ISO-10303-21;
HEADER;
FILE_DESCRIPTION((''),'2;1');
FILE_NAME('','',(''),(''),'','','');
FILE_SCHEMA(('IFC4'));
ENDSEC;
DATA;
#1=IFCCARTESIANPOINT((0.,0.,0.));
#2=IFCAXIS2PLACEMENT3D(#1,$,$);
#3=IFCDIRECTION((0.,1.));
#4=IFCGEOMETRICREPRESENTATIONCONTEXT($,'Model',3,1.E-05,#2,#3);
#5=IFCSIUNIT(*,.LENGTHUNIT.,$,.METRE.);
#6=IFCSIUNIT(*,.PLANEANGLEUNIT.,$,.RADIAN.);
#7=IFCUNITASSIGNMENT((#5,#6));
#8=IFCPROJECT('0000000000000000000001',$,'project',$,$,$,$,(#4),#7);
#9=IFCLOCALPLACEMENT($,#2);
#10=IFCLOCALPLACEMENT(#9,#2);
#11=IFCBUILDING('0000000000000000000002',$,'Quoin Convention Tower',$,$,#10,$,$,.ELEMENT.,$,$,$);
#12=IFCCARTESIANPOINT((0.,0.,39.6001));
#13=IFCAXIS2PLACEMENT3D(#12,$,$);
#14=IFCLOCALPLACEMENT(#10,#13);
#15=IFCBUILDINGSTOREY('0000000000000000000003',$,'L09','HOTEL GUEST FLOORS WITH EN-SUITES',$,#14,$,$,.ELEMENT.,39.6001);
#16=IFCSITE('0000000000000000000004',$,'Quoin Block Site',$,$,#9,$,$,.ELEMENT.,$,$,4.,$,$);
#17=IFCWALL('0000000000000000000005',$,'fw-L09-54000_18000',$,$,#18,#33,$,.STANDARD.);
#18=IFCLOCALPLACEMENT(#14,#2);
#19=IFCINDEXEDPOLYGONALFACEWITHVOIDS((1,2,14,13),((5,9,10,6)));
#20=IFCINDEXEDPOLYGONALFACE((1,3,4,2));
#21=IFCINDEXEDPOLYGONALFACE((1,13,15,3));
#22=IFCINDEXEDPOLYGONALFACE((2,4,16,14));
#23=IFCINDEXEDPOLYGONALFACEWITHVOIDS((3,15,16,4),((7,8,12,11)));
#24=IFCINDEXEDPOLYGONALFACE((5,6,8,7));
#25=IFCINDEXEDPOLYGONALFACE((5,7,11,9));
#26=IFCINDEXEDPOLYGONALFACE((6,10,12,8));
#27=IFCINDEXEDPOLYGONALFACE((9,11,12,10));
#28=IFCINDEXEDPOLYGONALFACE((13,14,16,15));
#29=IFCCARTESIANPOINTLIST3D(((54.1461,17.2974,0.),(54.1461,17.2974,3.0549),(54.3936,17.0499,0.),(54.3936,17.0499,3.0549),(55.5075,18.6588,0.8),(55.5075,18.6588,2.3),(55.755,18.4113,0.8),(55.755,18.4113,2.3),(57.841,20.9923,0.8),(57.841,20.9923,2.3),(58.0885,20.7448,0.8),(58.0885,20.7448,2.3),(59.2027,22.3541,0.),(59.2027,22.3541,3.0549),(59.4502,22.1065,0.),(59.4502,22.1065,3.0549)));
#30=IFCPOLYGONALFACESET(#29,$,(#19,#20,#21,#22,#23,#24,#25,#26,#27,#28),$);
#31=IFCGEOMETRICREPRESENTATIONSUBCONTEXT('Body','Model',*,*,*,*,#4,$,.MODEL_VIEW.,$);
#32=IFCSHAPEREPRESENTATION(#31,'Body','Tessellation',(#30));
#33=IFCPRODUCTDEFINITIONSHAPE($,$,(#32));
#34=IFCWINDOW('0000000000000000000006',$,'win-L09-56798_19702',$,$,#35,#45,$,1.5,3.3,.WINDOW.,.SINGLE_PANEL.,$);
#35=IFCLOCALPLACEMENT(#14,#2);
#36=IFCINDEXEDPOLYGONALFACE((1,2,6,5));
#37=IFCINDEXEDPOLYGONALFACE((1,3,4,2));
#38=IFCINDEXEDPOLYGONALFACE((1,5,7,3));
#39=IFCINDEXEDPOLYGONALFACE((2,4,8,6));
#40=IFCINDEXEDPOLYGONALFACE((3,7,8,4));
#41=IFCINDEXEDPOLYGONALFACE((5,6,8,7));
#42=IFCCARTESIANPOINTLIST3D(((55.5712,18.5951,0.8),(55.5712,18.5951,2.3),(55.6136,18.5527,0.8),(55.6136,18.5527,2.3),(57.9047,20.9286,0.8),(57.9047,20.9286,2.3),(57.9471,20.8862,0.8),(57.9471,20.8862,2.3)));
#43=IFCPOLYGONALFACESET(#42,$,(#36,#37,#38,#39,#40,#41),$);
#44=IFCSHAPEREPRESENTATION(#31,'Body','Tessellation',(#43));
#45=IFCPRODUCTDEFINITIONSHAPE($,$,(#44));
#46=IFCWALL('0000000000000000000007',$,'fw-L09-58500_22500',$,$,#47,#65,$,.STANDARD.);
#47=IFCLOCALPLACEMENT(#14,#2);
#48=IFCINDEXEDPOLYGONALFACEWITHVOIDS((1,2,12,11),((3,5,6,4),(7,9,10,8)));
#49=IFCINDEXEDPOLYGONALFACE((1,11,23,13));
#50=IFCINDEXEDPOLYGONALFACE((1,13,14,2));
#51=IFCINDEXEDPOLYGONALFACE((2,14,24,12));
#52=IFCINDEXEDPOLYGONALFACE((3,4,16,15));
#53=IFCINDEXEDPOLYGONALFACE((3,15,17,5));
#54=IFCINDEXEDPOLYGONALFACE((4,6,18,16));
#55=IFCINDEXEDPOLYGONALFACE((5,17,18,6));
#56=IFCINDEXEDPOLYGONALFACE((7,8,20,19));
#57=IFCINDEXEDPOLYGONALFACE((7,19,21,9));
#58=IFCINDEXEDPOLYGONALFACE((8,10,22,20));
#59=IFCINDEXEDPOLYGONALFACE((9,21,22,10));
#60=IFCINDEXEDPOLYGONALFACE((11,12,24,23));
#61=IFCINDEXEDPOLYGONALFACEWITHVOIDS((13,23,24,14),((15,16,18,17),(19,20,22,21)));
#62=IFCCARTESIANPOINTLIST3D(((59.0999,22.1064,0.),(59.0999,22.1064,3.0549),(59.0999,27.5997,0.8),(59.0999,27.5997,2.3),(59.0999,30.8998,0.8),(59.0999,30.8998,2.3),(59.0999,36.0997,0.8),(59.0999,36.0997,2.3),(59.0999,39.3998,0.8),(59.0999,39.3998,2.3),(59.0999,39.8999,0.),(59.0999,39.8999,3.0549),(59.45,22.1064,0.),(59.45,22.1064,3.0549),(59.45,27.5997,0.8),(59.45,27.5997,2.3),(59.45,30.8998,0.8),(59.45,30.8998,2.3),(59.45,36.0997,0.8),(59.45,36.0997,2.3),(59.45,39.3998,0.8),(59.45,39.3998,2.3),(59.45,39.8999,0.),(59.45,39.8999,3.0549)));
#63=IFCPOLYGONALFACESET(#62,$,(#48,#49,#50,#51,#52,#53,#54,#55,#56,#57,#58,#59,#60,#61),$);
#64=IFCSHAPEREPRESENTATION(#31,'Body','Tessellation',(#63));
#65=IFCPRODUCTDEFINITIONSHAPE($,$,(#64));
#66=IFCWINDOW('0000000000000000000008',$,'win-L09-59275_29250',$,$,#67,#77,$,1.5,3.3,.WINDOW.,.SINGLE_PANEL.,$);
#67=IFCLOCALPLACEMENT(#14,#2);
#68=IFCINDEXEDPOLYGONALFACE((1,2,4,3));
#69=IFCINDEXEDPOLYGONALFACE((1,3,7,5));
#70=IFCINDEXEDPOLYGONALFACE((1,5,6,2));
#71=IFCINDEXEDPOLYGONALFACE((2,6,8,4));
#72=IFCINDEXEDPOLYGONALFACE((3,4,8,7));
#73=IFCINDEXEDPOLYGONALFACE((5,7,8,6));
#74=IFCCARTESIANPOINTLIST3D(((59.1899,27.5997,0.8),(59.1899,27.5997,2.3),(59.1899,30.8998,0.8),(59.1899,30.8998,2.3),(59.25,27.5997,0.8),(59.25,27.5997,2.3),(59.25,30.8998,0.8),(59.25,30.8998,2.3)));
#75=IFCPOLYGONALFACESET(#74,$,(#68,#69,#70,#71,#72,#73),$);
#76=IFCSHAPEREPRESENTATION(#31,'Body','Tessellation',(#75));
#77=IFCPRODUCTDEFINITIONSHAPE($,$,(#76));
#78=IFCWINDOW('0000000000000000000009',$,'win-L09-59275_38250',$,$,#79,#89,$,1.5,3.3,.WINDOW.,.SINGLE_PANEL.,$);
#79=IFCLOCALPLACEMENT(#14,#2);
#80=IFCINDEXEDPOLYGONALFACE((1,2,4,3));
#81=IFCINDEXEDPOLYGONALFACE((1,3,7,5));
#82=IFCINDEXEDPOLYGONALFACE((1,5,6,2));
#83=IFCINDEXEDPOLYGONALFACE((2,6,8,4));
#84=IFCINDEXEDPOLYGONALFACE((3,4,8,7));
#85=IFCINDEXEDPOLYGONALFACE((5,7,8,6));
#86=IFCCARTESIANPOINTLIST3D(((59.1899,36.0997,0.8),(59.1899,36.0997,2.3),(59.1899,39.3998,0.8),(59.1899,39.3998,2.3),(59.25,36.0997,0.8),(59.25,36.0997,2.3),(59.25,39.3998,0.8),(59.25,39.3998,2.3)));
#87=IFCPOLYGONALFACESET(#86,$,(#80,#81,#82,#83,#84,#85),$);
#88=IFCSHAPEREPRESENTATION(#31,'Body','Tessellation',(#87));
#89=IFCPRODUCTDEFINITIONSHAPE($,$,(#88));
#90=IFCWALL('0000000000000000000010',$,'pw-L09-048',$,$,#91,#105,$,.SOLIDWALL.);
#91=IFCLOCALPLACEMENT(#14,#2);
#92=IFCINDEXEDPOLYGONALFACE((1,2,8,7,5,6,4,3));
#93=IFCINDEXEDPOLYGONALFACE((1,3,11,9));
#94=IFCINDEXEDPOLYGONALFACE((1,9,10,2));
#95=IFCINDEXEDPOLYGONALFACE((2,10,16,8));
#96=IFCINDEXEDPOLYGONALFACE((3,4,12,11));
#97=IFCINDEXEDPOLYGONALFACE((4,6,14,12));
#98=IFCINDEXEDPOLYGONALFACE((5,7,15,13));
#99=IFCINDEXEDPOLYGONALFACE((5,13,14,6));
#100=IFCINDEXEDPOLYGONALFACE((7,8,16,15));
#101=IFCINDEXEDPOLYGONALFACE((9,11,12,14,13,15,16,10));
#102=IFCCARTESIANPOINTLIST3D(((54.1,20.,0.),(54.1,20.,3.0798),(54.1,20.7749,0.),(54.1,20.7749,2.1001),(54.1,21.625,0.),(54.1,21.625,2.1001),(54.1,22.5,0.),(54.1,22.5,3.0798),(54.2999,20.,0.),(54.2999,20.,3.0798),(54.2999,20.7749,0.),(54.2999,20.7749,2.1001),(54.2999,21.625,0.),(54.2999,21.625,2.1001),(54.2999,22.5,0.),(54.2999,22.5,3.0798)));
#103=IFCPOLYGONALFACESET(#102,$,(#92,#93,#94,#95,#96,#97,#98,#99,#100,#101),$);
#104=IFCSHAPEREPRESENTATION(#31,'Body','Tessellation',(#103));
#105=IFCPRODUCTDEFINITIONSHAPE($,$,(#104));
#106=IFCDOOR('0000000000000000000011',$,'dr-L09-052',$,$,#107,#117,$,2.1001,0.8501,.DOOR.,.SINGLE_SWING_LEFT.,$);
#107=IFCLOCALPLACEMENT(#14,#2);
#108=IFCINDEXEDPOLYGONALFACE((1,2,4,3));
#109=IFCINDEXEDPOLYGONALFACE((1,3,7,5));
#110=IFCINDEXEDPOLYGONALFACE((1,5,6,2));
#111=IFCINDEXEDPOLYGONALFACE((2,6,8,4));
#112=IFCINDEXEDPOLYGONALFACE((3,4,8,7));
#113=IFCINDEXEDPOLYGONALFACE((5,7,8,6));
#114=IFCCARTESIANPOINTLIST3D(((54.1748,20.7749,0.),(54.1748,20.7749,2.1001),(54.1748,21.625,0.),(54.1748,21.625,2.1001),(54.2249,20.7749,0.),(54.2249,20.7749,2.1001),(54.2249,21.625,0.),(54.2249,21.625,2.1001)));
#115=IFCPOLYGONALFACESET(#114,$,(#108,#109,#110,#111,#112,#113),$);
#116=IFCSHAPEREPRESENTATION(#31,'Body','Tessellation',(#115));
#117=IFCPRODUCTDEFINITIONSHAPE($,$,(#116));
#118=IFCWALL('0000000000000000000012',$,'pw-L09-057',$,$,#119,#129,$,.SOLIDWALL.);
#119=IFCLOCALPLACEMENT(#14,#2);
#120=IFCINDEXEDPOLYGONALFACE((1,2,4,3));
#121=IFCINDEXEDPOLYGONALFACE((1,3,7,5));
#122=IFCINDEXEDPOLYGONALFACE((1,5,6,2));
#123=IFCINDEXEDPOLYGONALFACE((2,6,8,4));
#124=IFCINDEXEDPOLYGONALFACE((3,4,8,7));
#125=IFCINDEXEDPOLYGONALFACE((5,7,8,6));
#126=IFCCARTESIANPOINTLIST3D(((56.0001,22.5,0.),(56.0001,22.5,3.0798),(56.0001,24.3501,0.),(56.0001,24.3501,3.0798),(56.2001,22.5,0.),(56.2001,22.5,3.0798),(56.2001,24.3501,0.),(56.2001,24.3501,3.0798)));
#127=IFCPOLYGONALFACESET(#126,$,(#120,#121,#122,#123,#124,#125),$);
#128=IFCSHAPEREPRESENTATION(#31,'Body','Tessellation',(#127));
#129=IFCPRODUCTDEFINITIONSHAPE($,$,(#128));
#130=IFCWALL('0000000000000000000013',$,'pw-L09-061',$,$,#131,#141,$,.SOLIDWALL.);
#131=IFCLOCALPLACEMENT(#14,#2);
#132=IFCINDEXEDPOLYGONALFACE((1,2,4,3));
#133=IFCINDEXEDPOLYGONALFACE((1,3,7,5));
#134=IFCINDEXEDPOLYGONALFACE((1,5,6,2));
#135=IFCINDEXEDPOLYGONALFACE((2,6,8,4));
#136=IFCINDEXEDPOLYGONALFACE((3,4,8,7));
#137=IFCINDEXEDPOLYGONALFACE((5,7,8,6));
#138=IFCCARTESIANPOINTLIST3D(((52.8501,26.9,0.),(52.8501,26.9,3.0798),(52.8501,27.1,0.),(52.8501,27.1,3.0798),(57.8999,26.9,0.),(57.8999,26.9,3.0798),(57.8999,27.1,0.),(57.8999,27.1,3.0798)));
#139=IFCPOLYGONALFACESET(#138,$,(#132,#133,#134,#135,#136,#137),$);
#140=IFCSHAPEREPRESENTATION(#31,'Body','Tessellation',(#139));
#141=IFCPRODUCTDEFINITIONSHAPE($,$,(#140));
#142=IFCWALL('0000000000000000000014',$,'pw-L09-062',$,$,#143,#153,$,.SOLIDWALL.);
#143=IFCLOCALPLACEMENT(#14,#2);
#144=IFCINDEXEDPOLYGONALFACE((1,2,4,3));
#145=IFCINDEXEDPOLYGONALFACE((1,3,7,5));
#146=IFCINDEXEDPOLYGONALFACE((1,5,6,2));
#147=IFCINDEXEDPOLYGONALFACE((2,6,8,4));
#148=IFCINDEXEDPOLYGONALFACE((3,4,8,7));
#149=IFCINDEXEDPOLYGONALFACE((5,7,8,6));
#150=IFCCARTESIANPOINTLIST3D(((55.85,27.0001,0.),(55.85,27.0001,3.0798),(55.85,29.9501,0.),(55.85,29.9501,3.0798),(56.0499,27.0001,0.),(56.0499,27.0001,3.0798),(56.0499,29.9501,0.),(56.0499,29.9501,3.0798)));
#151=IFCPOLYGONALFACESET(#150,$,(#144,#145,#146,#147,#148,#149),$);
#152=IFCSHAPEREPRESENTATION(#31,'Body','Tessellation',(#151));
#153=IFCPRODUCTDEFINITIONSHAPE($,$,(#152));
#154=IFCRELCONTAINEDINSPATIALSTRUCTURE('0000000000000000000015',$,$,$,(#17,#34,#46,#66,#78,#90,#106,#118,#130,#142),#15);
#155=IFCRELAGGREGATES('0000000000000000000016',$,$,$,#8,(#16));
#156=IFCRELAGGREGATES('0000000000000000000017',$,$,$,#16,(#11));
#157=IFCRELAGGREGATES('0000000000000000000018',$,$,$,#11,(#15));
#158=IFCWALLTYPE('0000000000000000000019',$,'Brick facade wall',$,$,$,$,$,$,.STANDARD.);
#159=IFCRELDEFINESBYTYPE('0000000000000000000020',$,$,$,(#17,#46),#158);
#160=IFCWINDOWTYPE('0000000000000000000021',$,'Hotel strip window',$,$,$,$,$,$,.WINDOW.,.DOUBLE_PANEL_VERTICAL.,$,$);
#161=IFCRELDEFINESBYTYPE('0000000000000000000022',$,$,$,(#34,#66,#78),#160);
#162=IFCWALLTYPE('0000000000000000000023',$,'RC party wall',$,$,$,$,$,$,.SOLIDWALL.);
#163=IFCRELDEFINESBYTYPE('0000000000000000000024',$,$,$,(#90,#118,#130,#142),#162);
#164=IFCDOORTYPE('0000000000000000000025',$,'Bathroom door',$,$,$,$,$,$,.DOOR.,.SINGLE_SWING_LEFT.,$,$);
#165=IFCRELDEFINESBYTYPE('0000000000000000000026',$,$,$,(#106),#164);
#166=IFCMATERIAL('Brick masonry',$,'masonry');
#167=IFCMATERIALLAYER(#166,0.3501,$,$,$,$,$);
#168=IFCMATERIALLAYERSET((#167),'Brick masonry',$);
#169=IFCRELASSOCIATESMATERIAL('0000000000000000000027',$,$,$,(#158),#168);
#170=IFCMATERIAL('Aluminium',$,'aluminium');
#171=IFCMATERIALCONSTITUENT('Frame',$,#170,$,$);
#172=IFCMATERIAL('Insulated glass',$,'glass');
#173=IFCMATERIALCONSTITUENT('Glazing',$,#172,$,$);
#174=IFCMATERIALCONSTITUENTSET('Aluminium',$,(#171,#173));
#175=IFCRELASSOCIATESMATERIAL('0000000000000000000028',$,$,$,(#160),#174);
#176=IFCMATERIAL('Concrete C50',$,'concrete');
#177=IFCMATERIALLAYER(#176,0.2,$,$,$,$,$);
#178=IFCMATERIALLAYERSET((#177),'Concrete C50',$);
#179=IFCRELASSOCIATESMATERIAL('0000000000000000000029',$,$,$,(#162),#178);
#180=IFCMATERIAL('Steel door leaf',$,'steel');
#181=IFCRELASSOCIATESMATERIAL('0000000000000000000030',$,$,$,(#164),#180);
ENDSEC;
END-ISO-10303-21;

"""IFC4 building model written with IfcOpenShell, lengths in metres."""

from ifc_helpers import new_model, si_unit, direction, frame, frame_2d, origin, place, context, subcontext, project, spatial, rectangle, extrude, material, layer, layer_set, constituent, constituent_set, type_object, element, fill, save


model = new_model("IFC4")

# Units and contexts
model_context = context("Model", 3, precision=1e-05, world=origin(), true_north=direction((0.0, 1.0)))
body_context = subcontext(model_context, "Body", "Model", "MODEL_VIEW")
ifc_project = project(units=[si_unit("LENGTHUNIT", "METRE"), si_unit("PLANEANGLEUNIT", "RADIAN")], contexts=[model_context])

# Site, building, storey
site_placement = place(None, origin())
site = spatial("IfcSite", under=ifc_project, at=site_placement, Name="Quoin Block Site", CompositionType="ELEMENT", RefElevation=4.0)
building_placement = place(site_placement, origin())
building = spatial("IfcBuilding", under=site, at=building_placement, Name="Quoin Convention Tower", CompositionType="ELEMENT")
storey_placement = place(building_placement, frame((0.0, 0.0, 39.6001)))
storey = spatial("IfcBuildingStorey", under=building, at=storey_placement, Name="L09", Description="HOTEL GUEST FLOORS WITH EN-SUITES", CompositionType="ELEMENT", Elevation=39.6001)

# Wall, opening, window
ifc_material_1 = material(Name="Brick masonry", Category="masonry")
ifc_layer_1 = layer(ifc_material_1, 0.3501)
ifc_layer_set_1 = layer_set([ifc_layer_1], Name="Brick masonry")
wall_type_1 = type_object("IfcWallType", Name="Brick facade wall", PredefinedType="STANDARD", material=ifc_layer_set_1)
wall_1_placement = place(storey_placement, frame((54.2698, 17.1736, 0.0), z_axis=(0.0, 0.0, 1.0), x_axis=(0.707107, 0.707107, 0.0)))
wall_1 = element("IfcWall", 1, at=wall_1_placement, inside=storey, type_object=wall_type_1, Name="fw-L09-54000_18000", PredefinedType="STANDARD", context=body_context, shape_type="SweptSolid", body=[
    extrude(rectangle(XDim=7.1511, YDim=0.3501, at=frame_2d((3.5757, 0.0))), origin(), (0.0, 0.0, 1.0), 3.0549),
])
opening_1_placement = place(wall_1_placement, frame((1.9255, 0.0, 0.8)))
opening_1 = element("IfcOpeningElement", 2, at=opening_1_placement, cuts=wall_1, PredefinedType="OPENING", context=body_context, shape_type="SweptSolid", body=[
    extrude(rectangle(XDim=3.3, YDim=1.5, at=frame_2d((1.6499, 0.75))), frame((0.0, 0.1851, 0.0), z_axis=(0.0, -1.0, 0.0), x_axis=(1.0, 0.0, 0.0)), (0.0, 0.0, 1.0), 0.3701),
])
ifc_material_2 = material(Name="Aluminium", Category="aluminium")
ifc_constituent_1 = constituent(ifc_material_2, Name="Frame")
ifc_material_3 = material(Name="Insulated glass", Category="glass")
ifc_constituent_2 = constituent(ifc_material_3, Name="Glazing")
ifc_constituent_set = constituent_set(constituents=[ifc_constituent_1, ifc_constituent_2], Name="Aluminium")
window_type = type_object("IfcWindowType", Name="Hotel strip window", PartitioningType="DOUBLE_PANEL_VERTICAL", PredefinedType="WINDOW", material=ifc_constituent_set)
window_1_placement = place(opening_1_placement, origin())
window_1 = element("IfcWindow", 3, at=window_1_placement, inside=storey, type_object=window_type, Name="win-L09-56798_19702", OverallHeight=1.5, OverallWidth=3.3, PartitioningType="SINGLE_PANEL", PredefinedType="WINDOW", context=body_context, shape_type="SweptSolid", body=[
    extrude(rectangle(XDim=3.3, YDim=1.5, at=frame_2d((1.6499, 0.75))), frame((0.0, 0.085, 0.0), z_axis=(0.0, -1.0, 0.0), x_axis=(1.0, 0.0, 0.0)), (0.0, 0.0, 1.0), 0.0601),
])
fill(opening_1, window_1)

# Wall, openings, windows
wall_2_placement = place(storey_placement, frame((59.2749, 22.1064, 0.0), z_axis=(0.0, 0.0, 1.0), x_axis=(0.0, 1.0, 0.0)))
wall_2 = element("IfcWall", 4, at=wall_2_placement, inside=storey, type_object=wall_type_1, Name="fw-L09-58500_22500", PredefinedType="STANDARD", context=body_context, shape_type="SweptSolid", body=[
    extrude(rectangle(XDim=17.7935, YDim=0.3501, at=frame_2d((8.8967, 0.0))), origin(), (0.0, 0.0, 1.0), 3.0549),
])
opening_2_placement = place(wall_2_placement, frame((5.4934, 0.0, 0.8)))
opening_2 = element("IfcOpeningElement", 5, at=opening_2_placement, cuts=wall_2, PredefinedType="OPENING", context=body_context, shape_type="SweptSolid", body=[
    extrude(rectangle(XDim=3.3, YDim=1.5, at=frame_2d((1.6499, 0.75))), frame((0.0, 0.1851, 0.0), z_axis=(0.0, -1.0, 0.0), x_axis=(1.0, 0.0, 0.0)), (0.0, 0.0, 1.0), 0.3701),
])
opening_3_placement = place(wall_2_placement, frame((13.9934, 0.0, 0.8)))
opening_3 = element("IfcOpeningElement", 6, at=opening_3_placement, cuts=wall_2, PredefinedType="OPENING", context=body_context, shape_type="SweptSolid", body=[
    extrude(rectangle(XDim=3.3, YDim=1.5, at=frame_2d((1.6499, 0.75))), frame((0.0, 0.1851, 0.0), z_axis=(0.0, -1.0, 0.0), x_axis=(1.0, 0.0, 0.0)), (0.0, 0.0, 1.0), 0.3701),
])
window_2_placement = place(opening_2_placement, origin())
window_2 = element("IfcWindow", 7, at=window_2_placement, inside=storey, type_object=window_type, Name="win-L09-59275_29250", OverallHeight=1.5, OverallWidth=3.3, PartitioningType="SINGLE_PANEL", PredefinedType="WINDOW", context=body_context, shape_type="SweptSolid", body=[
    extrude(rectangle(XDim=3.3, YDim=1.5, at=frame_2d((1.6499, 0.75))), frame((0.0, 0.085, 0.0), z_axis=(0.0, -1.0, 0.0), x_axis=(1.0, 0.0, 0.0)), (0.0, 0.0, 1.0), 0.0601),
])
fill(opening_2, window_2)
window_3_placement = place(opening_3_placement, origin())
window_3 = element("IfcWindow", 8, at=window_3_placement, inside=storey, type_object=window_type, Name="win-L09-59275_38250", OverallHeight=1.5, OverallWidth=3.3, PartitioningType="SINGLE_PANEL", PredefinedType="WINDOW", context=body_context, shape_type="SweptSolid", body=[
    extrude(rectangle(XDim=3.3, YDim=1.5, at=frame_2d((1.6499, 0.75))), frame((0.0, 0.085, 0.0), z_axis=(0.0, -1.0, 0.0), x_axis=(1.0, 0.0, 0.0)), (0.0, 0.0, 1.0), 0.0601),
])
fill(opening_3, window_3)

# Wall, opening, door
ifc_material_4 = material(Name="Concrete C50", Category="concrete")
ifc_layer_2 = layer(ifc_material_4, 0.2)
ifc_layer_set_2 = layer_set([ifc_layer_2], Name="Concrete C50")
wall_type_2 = type_object("IfcWallType", Name="RC party wall", PredefinedType="SOLIDWALL", material=ifc_layer_set_2)
wall_3_placement = place(storey_placement, frame((54.2, 20.0, 0.0), z_axis=(0.0, 0.0, 1.0), x_axis=(0.0, 1.0, 0.0)))
wall_3 = element("IfcWall", 9, at=wall_3_placement, inside=storey, type_object=wall_type_2, Name="pw-L09-048", PredefinedType="SOLIDWALL", context=body_context, shape_type="SweptSolid", body=[
    extrude(rectangle(XDim=2.5, YDim=0.2, at=frame_2d((1.25, 0.0))), origin(), (0.0, 0.0, 1.0), 3.0798),
])
opening_4_placement = place(wall_3_placement, frame((0.7749, 0.0, 0.0)))
opening_4 = element("IfcOpeningElement", 10, at=opening_4_placement, cuts=wall_3, PredefinedType="OPENING", context=body_context, shape_type="SweptSolid", body=[
    extrude(rectangle(XDim=0.8501, YDim=2.1001, at=frame_2d((0.425, 1.05))), frame((0.0, 0.1099, 0.0), z_axis=(0.0, -1.0, 0.0), x_axis=(1.0, 0.0, 0.0)), (0.0, 0.0, 1.0), 0.22),
])
ifc_material_5 = material(Name="Steel door leaf", Category="steel")
door_type_1 = type_object("IfcDoorType", Name="Bathroom door", OperationType="SINGLE_SWING_LEFT", PredefinedType="DOOR", material=ifc_material_5)
door_1_placement = place(opening_4_placement, frame((0.8501, 0.0, 0.0), z_axis=(0.0, 0.0, 1.0), x_axis=(-1.0, 0.0, 0.0)))
door_1 = element("IfcDoor", 11, at=door_1_placement, inside=storey, type_object=door_type_1, Name="dr-L09-052", OperationType="SINGLE_SWING_LEFT", OverallHeight=2.1001, OverallWidth=0.8501, PredefinedType="DOOR", context=body_context, shape_type="SweptSolid", body=[
    extrude(rectangle(XDim=0.8501, YDim=2.1001, at=frame_2d((0.425, 1.05))), frame((0.0, 0.0249, 0.0), z_axis=(0.0, -1.0, 0.0), x_axis=(1.0, 0.0, 0.0)), (0.0, 0.0, 1.0), 0.05),
])
fill(opening_4, door_1)

# Walls
wall_4_placement = place(storey_placement, frame((56.1001, 22.5, 0.0), z_axis=(0.0, 0.0, 1.0), x_axis=(0.0, 1.0, 0.0)))
element("IfcWall", 12, at=wall_4_placement, inside=storey, type_object=wall_type_2, Name="pw-L09-057", PredefinedType="SOLIDWALL", context=body_context, shape_type="SweptSolid", body=[
    extrude(rectangle(XDim=1.8501, YDim=0.2, at=frame_2d((0.925, 0.0))), origin(), (0.0, 0.0, 1.0), 3.0798),
])
wall_5_placement = place(storey_placement, frame((52.8501, 27.0, 0.0), z_axis=(0.0, 0.0, 1.0), x_axis=(1.0, 0.0, 0.0)))
element("IfcWall", 13, at=wall_5_placement, inside=storey, type_object=wall_type_2, Name="pw-L09-061", PredefinedType="SOLIDWALL", context=body_context, shape_type="SweptSolid", body=[
    extrude(rectangle(XDim=5.0498, YDim=0.2, at=frame_2d((2.5249, 0.0))), origin(), (0.0, 0.0, 1.0), 3.0798),
])
wall_6_placement = place(storey_placement, frame((55.95, 27.0, 0.0), z_axis=(0.0, 0.0, 1.0), x_axis=(0.0, 1.0, 0.0)))
element("IfcWall", 14, at=wall_6_placement, inside=storey, type_object=wall_type_2, Name="pw-L09-062", PredefinedType="SOLIDWALL", context=body_context, shape_type="SweptSolid", body=[
    extrude(rectangle(XDim=2.95, YDim=0.2, at=frame_2d((1.4751, 0.0))), origin(), (0.0, 0.0, 1.0), 3.0798),
])

save(model, "model.ifc")
